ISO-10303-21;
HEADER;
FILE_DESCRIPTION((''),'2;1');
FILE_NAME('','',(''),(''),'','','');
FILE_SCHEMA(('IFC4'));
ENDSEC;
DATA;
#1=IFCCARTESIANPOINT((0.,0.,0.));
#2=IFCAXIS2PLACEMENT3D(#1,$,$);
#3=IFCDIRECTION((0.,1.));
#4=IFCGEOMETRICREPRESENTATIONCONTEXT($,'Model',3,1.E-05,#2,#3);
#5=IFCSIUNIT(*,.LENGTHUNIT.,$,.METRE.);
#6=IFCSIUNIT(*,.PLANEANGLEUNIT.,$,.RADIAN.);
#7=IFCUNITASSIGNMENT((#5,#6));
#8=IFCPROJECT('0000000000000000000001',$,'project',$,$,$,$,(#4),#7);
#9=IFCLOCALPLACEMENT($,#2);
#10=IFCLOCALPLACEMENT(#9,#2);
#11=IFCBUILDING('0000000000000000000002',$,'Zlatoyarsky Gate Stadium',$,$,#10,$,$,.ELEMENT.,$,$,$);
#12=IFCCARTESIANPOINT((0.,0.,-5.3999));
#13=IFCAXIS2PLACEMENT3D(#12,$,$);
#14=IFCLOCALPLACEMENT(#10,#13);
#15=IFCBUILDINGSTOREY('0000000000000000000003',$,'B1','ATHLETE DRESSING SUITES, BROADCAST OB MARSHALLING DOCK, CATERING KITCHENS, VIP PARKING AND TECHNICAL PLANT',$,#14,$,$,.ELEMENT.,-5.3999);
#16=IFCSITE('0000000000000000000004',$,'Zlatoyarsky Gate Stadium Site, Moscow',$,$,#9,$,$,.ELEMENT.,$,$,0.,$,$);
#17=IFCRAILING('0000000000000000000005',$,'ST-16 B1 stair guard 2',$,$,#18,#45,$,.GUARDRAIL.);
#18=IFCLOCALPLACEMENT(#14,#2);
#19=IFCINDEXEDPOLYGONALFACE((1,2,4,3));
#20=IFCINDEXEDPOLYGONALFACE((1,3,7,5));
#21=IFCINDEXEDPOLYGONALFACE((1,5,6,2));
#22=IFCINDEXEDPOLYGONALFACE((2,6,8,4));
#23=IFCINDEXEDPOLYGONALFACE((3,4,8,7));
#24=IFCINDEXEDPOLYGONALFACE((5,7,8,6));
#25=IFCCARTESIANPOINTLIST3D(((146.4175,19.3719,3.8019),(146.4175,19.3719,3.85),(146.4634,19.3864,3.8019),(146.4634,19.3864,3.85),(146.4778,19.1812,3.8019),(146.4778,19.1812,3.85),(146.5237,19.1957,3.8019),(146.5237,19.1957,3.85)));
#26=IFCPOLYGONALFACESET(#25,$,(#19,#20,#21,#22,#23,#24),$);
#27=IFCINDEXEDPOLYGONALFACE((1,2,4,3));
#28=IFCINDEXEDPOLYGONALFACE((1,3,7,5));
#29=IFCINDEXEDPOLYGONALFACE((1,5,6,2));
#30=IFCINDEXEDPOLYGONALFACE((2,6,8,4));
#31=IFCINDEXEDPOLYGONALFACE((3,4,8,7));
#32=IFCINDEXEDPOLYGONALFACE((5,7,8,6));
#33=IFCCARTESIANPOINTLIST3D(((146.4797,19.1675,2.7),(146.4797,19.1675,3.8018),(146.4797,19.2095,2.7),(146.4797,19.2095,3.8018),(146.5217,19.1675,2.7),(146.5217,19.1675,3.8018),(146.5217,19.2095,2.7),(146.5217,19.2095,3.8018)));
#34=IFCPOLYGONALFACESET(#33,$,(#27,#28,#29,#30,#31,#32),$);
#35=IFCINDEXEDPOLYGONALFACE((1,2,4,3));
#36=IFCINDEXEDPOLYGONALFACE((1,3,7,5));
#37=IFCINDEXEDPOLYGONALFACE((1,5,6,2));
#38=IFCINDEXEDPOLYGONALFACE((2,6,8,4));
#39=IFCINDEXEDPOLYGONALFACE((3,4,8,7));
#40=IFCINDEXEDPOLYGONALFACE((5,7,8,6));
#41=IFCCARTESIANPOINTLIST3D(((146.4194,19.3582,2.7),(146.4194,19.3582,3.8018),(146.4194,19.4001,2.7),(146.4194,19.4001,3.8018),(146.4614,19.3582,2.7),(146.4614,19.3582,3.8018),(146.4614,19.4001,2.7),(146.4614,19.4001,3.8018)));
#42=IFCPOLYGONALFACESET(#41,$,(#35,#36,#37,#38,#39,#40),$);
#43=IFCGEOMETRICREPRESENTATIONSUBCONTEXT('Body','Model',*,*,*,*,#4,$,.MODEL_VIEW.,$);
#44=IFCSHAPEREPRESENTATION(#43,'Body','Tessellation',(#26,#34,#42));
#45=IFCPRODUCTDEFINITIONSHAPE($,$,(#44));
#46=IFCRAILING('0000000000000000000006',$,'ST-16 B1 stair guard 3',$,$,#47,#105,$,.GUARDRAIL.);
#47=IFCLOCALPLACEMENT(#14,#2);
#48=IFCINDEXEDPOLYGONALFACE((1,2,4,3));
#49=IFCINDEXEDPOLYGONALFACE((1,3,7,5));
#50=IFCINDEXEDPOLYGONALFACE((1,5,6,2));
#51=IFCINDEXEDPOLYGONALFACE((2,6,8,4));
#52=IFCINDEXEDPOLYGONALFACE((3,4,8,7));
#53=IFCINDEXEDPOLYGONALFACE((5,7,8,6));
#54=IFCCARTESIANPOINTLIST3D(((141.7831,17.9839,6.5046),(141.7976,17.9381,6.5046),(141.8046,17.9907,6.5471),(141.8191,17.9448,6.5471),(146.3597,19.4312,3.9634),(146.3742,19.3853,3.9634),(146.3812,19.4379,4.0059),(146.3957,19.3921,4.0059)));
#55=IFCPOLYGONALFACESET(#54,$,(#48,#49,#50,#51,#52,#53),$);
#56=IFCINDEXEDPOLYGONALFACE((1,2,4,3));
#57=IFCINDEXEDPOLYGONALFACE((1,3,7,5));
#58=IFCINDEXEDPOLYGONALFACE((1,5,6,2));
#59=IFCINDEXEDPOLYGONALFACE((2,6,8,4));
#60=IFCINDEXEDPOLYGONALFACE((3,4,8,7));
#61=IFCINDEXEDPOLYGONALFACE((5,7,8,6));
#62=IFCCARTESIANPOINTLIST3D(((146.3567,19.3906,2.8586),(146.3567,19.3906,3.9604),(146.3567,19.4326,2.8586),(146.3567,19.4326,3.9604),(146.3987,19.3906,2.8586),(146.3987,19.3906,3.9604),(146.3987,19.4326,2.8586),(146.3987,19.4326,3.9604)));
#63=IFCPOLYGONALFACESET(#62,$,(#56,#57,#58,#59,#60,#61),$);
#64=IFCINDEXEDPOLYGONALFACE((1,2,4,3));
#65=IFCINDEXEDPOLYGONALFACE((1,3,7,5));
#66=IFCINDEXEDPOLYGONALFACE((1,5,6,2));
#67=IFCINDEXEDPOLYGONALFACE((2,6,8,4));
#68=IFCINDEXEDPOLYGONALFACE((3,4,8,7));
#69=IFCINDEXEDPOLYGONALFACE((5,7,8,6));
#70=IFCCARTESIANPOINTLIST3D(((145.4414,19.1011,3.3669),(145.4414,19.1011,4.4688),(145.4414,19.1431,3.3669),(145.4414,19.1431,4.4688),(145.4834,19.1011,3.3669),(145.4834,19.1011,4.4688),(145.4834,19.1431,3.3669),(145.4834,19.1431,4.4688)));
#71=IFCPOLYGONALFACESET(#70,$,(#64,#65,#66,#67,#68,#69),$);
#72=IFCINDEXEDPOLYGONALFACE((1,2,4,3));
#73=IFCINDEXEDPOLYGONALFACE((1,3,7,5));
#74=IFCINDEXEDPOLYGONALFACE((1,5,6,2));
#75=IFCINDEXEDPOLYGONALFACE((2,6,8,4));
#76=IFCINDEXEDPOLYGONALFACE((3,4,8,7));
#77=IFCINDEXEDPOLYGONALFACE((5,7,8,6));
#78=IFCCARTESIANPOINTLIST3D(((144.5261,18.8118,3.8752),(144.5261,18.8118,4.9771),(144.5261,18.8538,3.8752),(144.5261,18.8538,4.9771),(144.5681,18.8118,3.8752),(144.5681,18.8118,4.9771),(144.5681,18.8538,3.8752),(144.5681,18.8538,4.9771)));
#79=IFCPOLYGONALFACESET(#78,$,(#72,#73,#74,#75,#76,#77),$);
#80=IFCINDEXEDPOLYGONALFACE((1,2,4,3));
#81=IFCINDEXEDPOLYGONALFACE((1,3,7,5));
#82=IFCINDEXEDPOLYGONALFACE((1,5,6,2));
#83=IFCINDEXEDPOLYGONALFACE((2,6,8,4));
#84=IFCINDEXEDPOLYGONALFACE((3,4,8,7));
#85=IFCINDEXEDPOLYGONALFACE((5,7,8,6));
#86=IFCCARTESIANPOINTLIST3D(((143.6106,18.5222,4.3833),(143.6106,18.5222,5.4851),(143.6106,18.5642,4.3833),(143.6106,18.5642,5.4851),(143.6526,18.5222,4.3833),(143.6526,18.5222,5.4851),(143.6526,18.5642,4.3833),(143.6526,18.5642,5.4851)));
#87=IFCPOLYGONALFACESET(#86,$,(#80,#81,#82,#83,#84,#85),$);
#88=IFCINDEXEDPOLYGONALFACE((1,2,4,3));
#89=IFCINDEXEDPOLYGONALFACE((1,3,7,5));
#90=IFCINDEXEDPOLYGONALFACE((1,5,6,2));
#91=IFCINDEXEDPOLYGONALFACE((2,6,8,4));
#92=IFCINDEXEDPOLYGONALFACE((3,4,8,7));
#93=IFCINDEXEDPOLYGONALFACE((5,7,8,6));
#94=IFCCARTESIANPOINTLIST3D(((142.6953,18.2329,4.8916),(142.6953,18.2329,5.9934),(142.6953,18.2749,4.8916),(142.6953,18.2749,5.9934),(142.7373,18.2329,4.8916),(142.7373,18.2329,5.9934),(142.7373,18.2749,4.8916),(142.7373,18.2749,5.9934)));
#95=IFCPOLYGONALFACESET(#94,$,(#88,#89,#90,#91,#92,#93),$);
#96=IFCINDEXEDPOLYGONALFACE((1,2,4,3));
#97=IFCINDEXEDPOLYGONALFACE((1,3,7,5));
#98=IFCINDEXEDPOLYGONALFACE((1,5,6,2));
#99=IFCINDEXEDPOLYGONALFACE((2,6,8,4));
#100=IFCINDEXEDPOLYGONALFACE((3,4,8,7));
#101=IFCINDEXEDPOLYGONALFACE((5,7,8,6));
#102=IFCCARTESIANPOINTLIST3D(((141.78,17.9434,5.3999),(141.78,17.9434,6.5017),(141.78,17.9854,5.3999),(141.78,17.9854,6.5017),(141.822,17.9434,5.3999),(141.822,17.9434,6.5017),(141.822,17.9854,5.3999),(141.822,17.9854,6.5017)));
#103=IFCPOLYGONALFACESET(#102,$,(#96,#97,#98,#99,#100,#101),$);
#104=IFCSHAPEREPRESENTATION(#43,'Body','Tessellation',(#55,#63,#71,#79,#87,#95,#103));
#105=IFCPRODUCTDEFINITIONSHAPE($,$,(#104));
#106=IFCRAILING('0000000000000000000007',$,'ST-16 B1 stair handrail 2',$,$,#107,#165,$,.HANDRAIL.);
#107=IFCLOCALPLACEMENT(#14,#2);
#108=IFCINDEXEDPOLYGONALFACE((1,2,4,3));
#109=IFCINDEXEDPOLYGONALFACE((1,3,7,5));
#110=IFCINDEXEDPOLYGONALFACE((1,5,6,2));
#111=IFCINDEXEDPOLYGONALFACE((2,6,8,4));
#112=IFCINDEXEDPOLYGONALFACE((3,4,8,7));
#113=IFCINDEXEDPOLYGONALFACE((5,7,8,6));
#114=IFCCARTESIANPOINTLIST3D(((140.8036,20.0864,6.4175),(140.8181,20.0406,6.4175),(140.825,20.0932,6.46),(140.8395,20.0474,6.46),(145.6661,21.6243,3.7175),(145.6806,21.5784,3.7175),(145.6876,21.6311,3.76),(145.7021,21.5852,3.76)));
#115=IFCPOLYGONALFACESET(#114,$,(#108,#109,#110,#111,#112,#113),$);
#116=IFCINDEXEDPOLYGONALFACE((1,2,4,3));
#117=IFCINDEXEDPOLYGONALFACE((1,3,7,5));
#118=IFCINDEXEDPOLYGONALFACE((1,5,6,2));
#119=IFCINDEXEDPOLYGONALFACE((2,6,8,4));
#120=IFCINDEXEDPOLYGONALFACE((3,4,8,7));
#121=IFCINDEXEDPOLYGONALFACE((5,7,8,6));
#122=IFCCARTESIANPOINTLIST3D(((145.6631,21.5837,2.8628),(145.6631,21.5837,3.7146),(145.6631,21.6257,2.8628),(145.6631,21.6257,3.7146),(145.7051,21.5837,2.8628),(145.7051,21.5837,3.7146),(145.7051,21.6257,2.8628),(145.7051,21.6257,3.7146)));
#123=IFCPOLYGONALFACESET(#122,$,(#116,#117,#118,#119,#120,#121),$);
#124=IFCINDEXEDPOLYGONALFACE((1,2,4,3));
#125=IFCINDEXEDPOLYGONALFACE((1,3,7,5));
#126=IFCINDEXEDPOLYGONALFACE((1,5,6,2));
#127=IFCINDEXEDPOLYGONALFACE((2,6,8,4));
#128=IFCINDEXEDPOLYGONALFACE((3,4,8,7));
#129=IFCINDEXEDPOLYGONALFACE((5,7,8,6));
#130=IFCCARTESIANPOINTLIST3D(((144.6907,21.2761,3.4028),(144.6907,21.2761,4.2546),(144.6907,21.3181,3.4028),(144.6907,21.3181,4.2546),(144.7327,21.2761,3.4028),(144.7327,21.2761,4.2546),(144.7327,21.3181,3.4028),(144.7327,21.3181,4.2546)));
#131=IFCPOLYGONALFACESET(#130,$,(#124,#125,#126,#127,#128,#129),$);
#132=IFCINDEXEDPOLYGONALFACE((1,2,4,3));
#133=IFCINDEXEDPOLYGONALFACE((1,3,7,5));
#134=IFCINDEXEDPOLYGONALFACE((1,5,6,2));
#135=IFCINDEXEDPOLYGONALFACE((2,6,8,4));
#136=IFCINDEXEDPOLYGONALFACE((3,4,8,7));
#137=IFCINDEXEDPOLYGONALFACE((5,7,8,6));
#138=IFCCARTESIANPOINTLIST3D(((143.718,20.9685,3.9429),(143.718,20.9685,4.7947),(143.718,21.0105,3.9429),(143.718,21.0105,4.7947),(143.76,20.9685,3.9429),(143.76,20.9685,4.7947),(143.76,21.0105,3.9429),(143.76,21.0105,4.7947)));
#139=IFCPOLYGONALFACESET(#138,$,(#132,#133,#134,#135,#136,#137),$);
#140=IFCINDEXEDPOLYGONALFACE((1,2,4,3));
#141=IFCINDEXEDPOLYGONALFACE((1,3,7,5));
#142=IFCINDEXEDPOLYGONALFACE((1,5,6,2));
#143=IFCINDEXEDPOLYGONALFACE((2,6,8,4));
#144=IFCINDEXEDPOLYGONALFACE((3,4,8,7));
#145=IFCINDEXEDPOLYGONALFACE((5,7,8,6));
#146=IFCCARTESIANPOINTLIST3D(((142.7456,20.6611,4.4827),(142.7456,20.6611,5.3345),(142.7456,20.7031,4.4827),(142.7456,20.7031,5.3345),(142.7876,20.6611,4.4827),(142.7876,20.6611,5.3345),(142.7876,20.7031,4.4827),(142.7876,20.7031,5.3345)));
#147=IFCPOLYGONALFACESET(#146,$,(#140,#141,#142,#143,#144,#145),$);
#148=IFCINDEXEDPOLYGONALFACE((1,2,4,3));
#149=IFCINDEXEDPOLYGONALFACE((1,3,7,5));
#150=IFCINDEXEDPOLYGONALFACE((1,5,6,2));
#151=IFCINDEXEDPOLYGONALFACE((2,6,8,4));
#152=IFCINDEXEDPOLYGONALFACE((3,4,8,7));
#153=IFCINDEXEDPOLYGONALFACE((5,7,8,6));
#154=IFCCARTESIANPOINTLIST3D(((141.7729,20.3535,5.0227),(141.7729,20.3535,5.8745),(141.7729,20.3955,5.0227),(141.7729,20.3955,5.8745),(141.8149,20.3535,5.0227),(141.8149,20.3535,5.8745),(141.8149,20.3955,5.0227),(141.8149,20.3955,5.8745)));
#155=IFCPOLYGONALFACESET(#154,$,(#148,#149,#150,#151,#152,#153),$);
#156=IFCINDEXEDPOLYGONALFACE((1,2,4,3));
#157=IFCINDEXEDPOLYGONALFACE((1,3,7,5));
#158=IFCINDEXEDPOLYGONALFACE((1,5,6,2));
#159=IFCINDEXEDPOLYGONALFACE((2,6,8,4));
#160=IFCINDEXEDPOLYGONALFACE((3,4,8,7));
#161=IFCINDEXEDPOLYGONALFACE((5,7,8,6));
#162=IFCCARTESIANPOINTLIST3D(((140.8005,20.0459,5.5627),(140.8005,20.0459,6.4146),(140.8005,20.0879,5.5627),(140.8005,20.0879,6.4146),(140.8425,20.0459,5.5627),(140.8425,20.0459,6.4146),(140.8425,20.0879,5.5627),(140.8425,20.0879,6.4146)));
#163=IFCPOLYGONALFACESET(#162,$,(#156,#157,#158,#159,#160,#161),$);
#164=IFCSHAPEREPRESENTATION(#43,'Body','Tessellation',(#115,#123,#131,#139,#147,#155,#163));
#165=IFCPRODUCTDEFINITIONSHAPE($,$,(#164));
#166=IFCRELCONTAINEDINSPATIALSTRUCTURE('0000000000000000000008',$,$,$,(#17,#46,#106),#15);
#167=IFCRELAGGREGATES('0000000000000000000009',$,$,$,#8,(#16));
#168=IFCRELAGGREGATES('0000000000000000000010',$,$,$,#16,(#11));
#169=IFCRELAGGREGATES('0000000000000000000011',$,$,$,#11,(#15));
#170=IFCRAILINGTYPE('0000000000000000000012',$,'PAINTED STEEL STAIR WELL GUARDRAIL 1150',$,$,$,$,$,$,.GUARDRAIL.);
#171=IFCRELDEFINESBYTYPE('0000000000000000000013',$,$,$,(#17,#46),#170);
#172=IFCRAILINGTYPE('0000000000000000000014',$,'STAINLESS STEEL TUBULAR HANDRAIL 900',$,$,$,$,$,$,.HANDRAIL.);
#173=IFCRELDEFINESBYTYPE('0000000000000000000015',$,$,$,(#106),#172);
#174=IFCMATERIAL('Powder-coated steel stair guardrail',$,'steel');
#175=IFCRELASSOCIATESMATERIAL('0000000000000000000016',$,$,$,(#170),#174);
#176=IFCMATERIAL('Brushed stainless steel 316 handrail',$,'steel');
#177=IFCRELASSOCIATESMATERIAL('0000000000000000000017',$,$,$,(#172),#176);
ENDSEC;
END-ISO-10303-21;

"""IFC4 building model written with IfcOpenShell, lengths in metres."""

from ifc_helpers import new_model, si_unit, direction, frame, origin, origin_2d, place, context, subcontext, project, spatial, rectangle, extrude, material, type_object, element, save


model = new_model("IFC4")

# Units and contexts
model_context = context("Model", 3, precision=1e-05, world=origin(), true_north=direction((0.0, 1.0)))
body_context = subcontext(model_context, "Body", "Model", "MODEL_VIEW")
ifc_project = project(units=[si_unit("LENGTHUNIT", "METRE"), si_unit("PLANEANGLEUNIT", "RADIAN")], contexts=[model_context])

# Site, building, storey
site_placement = place(None, origin())
site = spatial("IfcSite", under=ifc_project, at=site_placement, Name="Zlatoyarsky Gate Stadium Site, Moscow", CompositionType="ELEMENT", RefElevation=0.0)
building_placement = place(site_placement, origin())
building = spatial("IfcBuilding", under=site, at=building_placement, Name="Zlatoyarsky Gate Stadium", CompositionType="ELEMENT")
storey_placement = place(building_placement, frame((0.0, 0.0, -5.3999)))
storey = spatial("IfcBuildingStorey", under=building, at=storey_placement, Name="B1", Description="ATHLETE DRESSING SUITES, BROADCAST OB MARSHALLING DOCK, CATERING KITCHENS, VIP PARKING AND TECHNICAL PLANT", CompositionType="ELEMENT", Elevation=-5.3999)

# Railings
ifc_material_1 = material(Name="Powder-coated steel stair guardrail", Category="steel")
railing_type_1 = type_object("IfcRailingType", Name="PAINTED STEEL STAIR WELL GUARDRAIL 1150", PredefinedType="GUARDRAIL", material=ifc_material_1)
railing_1_placement = place(storey_placement, frame((146.5007, 19.1885, 2.7)))
element("IfcRailing", 1, at=railing_1_placement, inside=storey, type_object=railing_type_1, Name="ST-16 B1 stair guard 2", PredefinedType="GUARDRAIL", context=body_context, shape_type="SweptSolid", body=[
    extrude(rectangle(XDim=0.0481, YDim=0.0481, at=origin_2d()), frame((0.0, 0.0, 1.126), z_axis=(-0.30154, 0.953453, 0.0), x_axis=(-0.953453, -0.30154, 0.0)), (0.0, 0.0, 1.0), 0.2),
    extrude(rectangle(XDim=0.042, YDim=0.042, at=origin_2d()), origin(), (0.0, 0.0, 1.0), 1.1018),
    extrude(rectangle(XDim=0.042, YDim=0.042, at=origin_2d()), frame((-0.0603, 0.1907, 0.0)), (0.0, 0.0, 1.0), 1.1018),
])
railing_2_placement = place(storey_placement, frame((146.3777, 19.4116, 2.8586)))
element("IfcRailing", 2, at=railing_2_placement, inside=storey, type_object=railing_type_1, Name="ST-16 B1 stair guard 3", PredefinedType="GUARDRAIL", context=body_context, shape_type="SweptSolid", body=[
    extrude(rectangle(XDim=0.0481, YDim=0.0481, at=origin_2d()), frame((0.0, 0.0, 1.126), z_axis=(-0.842654, -0.26647, 0.467897), x_axis=(0.301511, -0.953463, 0.0)), (0.0, 0.0, 1.0), 5.4312),
    extrude(rectangle(XDim=0.042, YDim=0.042, at=origin_2d()), origin(), (0.0, 0.0, 1.0), 1.1018),
    extrude(rectangle(XDim=0.042, YDim=0.042, at=origin_2d()), frame((-0.9153, -0.2896, 0.5083)), (0.0, 0.0, 1.0), 1.1018),
    extrude(rectangle(XDim=0.042, YDim=0.042, at=origin_2d()), frame((-1.8306, -0.5789, 1.0166)), (0.0, 0.0, 1.0), 1.1018),
    extrude(rectangle(XDim=0.042, YDim=0.042, at=origin_2d()), frame((-2.7461, -0.8684, 1.5247)), (0.0, 0.0, 1.0), 1.1018),
    extrude(rectangle(XDim=0.042, YDim=0.042, at=origin_2d()), frame((-3.6614, -1.1577, 2.033)), (0.0, 0.0, 1.0), 1.1018),
    extrude(rectangle(XDim=0.042, YDim=0.042, at=origin_2d()), frame((-4.5767, -1.4473, 2.5413)), (0.0, 0.0, 1.0), 1.1018),
])
ifc_material_2 = material(Name="Brushed stainless steel 316 handrail", Category="steel")
railing_type_2 = type_object("IfcRailingType", Name="STAINLESS STEEL TUBULAR HANDRAIL 900", PredefinedType="HANDRAIL", material=ifc_material_2)
railing_3_placement = place(storey_placement, frame((145.6841, 21.6047, 2.8628)))
element("IfcRailing", 3, at=railing_3_placement, inside=storey, type_object=railing_type_2, Name="ST-16 B1 stair handrail 2", PredefinedType="HANDRAIL", context=body_context, shape_type="SweptSolid", body=[
    extrude(rectangle(XDim=0.0481, YDim=0.0481, at=origin_2d()), frame((0.0, 0.0, 0.876), z_axis=(-0.842651, -0.266499, 0.467886), x_axis=(0.301541, -0.953453, 0.0)), (0.0, 0.0, 1.0), 5.7705),
    extrude(rectangle(XDim=0.042, YDim=0.042, at=origin_2d()), origin(), (0.0, 0.0, 1.0), 0.8518),
    extrude(rectangle(XDim=0.042, YDim=0.042, at=origin_2d()), frame((-0.9724, -0.3076, 0.54)), (0.0, 0.0, 1.0), 0.8518),
    extrude(rectangle(XDim=0.042, YDim=0.042, at=origin_2d()), frame((-1.9451, -0.6152, 1.0801)), (0.0, 0.0, 1.0), 0.8518),
    extrude(rectangle(XDim=0.042, YDim=0.042, at=origin_2d()), frame((-2.9175, -0.9226, 1.6199)), (0.0, 0.0, 1.0), 0.8518),
    extrude(rectangle(XDim=0.042, YDim=0.042, at=origin_2d()), frame((-3.8901, -1.2302, 2.1599)), (0.0, 0.0, 1.0), 0.8518),
    extrude(rectangle(XDim=0.042, YDim=0.042, at=origin_2d()), frame((-4.8625, -1.5378, 2.7)), (0.0, 0.0, 1.0), 0.8518),
])

save(model, "model.ifc")
